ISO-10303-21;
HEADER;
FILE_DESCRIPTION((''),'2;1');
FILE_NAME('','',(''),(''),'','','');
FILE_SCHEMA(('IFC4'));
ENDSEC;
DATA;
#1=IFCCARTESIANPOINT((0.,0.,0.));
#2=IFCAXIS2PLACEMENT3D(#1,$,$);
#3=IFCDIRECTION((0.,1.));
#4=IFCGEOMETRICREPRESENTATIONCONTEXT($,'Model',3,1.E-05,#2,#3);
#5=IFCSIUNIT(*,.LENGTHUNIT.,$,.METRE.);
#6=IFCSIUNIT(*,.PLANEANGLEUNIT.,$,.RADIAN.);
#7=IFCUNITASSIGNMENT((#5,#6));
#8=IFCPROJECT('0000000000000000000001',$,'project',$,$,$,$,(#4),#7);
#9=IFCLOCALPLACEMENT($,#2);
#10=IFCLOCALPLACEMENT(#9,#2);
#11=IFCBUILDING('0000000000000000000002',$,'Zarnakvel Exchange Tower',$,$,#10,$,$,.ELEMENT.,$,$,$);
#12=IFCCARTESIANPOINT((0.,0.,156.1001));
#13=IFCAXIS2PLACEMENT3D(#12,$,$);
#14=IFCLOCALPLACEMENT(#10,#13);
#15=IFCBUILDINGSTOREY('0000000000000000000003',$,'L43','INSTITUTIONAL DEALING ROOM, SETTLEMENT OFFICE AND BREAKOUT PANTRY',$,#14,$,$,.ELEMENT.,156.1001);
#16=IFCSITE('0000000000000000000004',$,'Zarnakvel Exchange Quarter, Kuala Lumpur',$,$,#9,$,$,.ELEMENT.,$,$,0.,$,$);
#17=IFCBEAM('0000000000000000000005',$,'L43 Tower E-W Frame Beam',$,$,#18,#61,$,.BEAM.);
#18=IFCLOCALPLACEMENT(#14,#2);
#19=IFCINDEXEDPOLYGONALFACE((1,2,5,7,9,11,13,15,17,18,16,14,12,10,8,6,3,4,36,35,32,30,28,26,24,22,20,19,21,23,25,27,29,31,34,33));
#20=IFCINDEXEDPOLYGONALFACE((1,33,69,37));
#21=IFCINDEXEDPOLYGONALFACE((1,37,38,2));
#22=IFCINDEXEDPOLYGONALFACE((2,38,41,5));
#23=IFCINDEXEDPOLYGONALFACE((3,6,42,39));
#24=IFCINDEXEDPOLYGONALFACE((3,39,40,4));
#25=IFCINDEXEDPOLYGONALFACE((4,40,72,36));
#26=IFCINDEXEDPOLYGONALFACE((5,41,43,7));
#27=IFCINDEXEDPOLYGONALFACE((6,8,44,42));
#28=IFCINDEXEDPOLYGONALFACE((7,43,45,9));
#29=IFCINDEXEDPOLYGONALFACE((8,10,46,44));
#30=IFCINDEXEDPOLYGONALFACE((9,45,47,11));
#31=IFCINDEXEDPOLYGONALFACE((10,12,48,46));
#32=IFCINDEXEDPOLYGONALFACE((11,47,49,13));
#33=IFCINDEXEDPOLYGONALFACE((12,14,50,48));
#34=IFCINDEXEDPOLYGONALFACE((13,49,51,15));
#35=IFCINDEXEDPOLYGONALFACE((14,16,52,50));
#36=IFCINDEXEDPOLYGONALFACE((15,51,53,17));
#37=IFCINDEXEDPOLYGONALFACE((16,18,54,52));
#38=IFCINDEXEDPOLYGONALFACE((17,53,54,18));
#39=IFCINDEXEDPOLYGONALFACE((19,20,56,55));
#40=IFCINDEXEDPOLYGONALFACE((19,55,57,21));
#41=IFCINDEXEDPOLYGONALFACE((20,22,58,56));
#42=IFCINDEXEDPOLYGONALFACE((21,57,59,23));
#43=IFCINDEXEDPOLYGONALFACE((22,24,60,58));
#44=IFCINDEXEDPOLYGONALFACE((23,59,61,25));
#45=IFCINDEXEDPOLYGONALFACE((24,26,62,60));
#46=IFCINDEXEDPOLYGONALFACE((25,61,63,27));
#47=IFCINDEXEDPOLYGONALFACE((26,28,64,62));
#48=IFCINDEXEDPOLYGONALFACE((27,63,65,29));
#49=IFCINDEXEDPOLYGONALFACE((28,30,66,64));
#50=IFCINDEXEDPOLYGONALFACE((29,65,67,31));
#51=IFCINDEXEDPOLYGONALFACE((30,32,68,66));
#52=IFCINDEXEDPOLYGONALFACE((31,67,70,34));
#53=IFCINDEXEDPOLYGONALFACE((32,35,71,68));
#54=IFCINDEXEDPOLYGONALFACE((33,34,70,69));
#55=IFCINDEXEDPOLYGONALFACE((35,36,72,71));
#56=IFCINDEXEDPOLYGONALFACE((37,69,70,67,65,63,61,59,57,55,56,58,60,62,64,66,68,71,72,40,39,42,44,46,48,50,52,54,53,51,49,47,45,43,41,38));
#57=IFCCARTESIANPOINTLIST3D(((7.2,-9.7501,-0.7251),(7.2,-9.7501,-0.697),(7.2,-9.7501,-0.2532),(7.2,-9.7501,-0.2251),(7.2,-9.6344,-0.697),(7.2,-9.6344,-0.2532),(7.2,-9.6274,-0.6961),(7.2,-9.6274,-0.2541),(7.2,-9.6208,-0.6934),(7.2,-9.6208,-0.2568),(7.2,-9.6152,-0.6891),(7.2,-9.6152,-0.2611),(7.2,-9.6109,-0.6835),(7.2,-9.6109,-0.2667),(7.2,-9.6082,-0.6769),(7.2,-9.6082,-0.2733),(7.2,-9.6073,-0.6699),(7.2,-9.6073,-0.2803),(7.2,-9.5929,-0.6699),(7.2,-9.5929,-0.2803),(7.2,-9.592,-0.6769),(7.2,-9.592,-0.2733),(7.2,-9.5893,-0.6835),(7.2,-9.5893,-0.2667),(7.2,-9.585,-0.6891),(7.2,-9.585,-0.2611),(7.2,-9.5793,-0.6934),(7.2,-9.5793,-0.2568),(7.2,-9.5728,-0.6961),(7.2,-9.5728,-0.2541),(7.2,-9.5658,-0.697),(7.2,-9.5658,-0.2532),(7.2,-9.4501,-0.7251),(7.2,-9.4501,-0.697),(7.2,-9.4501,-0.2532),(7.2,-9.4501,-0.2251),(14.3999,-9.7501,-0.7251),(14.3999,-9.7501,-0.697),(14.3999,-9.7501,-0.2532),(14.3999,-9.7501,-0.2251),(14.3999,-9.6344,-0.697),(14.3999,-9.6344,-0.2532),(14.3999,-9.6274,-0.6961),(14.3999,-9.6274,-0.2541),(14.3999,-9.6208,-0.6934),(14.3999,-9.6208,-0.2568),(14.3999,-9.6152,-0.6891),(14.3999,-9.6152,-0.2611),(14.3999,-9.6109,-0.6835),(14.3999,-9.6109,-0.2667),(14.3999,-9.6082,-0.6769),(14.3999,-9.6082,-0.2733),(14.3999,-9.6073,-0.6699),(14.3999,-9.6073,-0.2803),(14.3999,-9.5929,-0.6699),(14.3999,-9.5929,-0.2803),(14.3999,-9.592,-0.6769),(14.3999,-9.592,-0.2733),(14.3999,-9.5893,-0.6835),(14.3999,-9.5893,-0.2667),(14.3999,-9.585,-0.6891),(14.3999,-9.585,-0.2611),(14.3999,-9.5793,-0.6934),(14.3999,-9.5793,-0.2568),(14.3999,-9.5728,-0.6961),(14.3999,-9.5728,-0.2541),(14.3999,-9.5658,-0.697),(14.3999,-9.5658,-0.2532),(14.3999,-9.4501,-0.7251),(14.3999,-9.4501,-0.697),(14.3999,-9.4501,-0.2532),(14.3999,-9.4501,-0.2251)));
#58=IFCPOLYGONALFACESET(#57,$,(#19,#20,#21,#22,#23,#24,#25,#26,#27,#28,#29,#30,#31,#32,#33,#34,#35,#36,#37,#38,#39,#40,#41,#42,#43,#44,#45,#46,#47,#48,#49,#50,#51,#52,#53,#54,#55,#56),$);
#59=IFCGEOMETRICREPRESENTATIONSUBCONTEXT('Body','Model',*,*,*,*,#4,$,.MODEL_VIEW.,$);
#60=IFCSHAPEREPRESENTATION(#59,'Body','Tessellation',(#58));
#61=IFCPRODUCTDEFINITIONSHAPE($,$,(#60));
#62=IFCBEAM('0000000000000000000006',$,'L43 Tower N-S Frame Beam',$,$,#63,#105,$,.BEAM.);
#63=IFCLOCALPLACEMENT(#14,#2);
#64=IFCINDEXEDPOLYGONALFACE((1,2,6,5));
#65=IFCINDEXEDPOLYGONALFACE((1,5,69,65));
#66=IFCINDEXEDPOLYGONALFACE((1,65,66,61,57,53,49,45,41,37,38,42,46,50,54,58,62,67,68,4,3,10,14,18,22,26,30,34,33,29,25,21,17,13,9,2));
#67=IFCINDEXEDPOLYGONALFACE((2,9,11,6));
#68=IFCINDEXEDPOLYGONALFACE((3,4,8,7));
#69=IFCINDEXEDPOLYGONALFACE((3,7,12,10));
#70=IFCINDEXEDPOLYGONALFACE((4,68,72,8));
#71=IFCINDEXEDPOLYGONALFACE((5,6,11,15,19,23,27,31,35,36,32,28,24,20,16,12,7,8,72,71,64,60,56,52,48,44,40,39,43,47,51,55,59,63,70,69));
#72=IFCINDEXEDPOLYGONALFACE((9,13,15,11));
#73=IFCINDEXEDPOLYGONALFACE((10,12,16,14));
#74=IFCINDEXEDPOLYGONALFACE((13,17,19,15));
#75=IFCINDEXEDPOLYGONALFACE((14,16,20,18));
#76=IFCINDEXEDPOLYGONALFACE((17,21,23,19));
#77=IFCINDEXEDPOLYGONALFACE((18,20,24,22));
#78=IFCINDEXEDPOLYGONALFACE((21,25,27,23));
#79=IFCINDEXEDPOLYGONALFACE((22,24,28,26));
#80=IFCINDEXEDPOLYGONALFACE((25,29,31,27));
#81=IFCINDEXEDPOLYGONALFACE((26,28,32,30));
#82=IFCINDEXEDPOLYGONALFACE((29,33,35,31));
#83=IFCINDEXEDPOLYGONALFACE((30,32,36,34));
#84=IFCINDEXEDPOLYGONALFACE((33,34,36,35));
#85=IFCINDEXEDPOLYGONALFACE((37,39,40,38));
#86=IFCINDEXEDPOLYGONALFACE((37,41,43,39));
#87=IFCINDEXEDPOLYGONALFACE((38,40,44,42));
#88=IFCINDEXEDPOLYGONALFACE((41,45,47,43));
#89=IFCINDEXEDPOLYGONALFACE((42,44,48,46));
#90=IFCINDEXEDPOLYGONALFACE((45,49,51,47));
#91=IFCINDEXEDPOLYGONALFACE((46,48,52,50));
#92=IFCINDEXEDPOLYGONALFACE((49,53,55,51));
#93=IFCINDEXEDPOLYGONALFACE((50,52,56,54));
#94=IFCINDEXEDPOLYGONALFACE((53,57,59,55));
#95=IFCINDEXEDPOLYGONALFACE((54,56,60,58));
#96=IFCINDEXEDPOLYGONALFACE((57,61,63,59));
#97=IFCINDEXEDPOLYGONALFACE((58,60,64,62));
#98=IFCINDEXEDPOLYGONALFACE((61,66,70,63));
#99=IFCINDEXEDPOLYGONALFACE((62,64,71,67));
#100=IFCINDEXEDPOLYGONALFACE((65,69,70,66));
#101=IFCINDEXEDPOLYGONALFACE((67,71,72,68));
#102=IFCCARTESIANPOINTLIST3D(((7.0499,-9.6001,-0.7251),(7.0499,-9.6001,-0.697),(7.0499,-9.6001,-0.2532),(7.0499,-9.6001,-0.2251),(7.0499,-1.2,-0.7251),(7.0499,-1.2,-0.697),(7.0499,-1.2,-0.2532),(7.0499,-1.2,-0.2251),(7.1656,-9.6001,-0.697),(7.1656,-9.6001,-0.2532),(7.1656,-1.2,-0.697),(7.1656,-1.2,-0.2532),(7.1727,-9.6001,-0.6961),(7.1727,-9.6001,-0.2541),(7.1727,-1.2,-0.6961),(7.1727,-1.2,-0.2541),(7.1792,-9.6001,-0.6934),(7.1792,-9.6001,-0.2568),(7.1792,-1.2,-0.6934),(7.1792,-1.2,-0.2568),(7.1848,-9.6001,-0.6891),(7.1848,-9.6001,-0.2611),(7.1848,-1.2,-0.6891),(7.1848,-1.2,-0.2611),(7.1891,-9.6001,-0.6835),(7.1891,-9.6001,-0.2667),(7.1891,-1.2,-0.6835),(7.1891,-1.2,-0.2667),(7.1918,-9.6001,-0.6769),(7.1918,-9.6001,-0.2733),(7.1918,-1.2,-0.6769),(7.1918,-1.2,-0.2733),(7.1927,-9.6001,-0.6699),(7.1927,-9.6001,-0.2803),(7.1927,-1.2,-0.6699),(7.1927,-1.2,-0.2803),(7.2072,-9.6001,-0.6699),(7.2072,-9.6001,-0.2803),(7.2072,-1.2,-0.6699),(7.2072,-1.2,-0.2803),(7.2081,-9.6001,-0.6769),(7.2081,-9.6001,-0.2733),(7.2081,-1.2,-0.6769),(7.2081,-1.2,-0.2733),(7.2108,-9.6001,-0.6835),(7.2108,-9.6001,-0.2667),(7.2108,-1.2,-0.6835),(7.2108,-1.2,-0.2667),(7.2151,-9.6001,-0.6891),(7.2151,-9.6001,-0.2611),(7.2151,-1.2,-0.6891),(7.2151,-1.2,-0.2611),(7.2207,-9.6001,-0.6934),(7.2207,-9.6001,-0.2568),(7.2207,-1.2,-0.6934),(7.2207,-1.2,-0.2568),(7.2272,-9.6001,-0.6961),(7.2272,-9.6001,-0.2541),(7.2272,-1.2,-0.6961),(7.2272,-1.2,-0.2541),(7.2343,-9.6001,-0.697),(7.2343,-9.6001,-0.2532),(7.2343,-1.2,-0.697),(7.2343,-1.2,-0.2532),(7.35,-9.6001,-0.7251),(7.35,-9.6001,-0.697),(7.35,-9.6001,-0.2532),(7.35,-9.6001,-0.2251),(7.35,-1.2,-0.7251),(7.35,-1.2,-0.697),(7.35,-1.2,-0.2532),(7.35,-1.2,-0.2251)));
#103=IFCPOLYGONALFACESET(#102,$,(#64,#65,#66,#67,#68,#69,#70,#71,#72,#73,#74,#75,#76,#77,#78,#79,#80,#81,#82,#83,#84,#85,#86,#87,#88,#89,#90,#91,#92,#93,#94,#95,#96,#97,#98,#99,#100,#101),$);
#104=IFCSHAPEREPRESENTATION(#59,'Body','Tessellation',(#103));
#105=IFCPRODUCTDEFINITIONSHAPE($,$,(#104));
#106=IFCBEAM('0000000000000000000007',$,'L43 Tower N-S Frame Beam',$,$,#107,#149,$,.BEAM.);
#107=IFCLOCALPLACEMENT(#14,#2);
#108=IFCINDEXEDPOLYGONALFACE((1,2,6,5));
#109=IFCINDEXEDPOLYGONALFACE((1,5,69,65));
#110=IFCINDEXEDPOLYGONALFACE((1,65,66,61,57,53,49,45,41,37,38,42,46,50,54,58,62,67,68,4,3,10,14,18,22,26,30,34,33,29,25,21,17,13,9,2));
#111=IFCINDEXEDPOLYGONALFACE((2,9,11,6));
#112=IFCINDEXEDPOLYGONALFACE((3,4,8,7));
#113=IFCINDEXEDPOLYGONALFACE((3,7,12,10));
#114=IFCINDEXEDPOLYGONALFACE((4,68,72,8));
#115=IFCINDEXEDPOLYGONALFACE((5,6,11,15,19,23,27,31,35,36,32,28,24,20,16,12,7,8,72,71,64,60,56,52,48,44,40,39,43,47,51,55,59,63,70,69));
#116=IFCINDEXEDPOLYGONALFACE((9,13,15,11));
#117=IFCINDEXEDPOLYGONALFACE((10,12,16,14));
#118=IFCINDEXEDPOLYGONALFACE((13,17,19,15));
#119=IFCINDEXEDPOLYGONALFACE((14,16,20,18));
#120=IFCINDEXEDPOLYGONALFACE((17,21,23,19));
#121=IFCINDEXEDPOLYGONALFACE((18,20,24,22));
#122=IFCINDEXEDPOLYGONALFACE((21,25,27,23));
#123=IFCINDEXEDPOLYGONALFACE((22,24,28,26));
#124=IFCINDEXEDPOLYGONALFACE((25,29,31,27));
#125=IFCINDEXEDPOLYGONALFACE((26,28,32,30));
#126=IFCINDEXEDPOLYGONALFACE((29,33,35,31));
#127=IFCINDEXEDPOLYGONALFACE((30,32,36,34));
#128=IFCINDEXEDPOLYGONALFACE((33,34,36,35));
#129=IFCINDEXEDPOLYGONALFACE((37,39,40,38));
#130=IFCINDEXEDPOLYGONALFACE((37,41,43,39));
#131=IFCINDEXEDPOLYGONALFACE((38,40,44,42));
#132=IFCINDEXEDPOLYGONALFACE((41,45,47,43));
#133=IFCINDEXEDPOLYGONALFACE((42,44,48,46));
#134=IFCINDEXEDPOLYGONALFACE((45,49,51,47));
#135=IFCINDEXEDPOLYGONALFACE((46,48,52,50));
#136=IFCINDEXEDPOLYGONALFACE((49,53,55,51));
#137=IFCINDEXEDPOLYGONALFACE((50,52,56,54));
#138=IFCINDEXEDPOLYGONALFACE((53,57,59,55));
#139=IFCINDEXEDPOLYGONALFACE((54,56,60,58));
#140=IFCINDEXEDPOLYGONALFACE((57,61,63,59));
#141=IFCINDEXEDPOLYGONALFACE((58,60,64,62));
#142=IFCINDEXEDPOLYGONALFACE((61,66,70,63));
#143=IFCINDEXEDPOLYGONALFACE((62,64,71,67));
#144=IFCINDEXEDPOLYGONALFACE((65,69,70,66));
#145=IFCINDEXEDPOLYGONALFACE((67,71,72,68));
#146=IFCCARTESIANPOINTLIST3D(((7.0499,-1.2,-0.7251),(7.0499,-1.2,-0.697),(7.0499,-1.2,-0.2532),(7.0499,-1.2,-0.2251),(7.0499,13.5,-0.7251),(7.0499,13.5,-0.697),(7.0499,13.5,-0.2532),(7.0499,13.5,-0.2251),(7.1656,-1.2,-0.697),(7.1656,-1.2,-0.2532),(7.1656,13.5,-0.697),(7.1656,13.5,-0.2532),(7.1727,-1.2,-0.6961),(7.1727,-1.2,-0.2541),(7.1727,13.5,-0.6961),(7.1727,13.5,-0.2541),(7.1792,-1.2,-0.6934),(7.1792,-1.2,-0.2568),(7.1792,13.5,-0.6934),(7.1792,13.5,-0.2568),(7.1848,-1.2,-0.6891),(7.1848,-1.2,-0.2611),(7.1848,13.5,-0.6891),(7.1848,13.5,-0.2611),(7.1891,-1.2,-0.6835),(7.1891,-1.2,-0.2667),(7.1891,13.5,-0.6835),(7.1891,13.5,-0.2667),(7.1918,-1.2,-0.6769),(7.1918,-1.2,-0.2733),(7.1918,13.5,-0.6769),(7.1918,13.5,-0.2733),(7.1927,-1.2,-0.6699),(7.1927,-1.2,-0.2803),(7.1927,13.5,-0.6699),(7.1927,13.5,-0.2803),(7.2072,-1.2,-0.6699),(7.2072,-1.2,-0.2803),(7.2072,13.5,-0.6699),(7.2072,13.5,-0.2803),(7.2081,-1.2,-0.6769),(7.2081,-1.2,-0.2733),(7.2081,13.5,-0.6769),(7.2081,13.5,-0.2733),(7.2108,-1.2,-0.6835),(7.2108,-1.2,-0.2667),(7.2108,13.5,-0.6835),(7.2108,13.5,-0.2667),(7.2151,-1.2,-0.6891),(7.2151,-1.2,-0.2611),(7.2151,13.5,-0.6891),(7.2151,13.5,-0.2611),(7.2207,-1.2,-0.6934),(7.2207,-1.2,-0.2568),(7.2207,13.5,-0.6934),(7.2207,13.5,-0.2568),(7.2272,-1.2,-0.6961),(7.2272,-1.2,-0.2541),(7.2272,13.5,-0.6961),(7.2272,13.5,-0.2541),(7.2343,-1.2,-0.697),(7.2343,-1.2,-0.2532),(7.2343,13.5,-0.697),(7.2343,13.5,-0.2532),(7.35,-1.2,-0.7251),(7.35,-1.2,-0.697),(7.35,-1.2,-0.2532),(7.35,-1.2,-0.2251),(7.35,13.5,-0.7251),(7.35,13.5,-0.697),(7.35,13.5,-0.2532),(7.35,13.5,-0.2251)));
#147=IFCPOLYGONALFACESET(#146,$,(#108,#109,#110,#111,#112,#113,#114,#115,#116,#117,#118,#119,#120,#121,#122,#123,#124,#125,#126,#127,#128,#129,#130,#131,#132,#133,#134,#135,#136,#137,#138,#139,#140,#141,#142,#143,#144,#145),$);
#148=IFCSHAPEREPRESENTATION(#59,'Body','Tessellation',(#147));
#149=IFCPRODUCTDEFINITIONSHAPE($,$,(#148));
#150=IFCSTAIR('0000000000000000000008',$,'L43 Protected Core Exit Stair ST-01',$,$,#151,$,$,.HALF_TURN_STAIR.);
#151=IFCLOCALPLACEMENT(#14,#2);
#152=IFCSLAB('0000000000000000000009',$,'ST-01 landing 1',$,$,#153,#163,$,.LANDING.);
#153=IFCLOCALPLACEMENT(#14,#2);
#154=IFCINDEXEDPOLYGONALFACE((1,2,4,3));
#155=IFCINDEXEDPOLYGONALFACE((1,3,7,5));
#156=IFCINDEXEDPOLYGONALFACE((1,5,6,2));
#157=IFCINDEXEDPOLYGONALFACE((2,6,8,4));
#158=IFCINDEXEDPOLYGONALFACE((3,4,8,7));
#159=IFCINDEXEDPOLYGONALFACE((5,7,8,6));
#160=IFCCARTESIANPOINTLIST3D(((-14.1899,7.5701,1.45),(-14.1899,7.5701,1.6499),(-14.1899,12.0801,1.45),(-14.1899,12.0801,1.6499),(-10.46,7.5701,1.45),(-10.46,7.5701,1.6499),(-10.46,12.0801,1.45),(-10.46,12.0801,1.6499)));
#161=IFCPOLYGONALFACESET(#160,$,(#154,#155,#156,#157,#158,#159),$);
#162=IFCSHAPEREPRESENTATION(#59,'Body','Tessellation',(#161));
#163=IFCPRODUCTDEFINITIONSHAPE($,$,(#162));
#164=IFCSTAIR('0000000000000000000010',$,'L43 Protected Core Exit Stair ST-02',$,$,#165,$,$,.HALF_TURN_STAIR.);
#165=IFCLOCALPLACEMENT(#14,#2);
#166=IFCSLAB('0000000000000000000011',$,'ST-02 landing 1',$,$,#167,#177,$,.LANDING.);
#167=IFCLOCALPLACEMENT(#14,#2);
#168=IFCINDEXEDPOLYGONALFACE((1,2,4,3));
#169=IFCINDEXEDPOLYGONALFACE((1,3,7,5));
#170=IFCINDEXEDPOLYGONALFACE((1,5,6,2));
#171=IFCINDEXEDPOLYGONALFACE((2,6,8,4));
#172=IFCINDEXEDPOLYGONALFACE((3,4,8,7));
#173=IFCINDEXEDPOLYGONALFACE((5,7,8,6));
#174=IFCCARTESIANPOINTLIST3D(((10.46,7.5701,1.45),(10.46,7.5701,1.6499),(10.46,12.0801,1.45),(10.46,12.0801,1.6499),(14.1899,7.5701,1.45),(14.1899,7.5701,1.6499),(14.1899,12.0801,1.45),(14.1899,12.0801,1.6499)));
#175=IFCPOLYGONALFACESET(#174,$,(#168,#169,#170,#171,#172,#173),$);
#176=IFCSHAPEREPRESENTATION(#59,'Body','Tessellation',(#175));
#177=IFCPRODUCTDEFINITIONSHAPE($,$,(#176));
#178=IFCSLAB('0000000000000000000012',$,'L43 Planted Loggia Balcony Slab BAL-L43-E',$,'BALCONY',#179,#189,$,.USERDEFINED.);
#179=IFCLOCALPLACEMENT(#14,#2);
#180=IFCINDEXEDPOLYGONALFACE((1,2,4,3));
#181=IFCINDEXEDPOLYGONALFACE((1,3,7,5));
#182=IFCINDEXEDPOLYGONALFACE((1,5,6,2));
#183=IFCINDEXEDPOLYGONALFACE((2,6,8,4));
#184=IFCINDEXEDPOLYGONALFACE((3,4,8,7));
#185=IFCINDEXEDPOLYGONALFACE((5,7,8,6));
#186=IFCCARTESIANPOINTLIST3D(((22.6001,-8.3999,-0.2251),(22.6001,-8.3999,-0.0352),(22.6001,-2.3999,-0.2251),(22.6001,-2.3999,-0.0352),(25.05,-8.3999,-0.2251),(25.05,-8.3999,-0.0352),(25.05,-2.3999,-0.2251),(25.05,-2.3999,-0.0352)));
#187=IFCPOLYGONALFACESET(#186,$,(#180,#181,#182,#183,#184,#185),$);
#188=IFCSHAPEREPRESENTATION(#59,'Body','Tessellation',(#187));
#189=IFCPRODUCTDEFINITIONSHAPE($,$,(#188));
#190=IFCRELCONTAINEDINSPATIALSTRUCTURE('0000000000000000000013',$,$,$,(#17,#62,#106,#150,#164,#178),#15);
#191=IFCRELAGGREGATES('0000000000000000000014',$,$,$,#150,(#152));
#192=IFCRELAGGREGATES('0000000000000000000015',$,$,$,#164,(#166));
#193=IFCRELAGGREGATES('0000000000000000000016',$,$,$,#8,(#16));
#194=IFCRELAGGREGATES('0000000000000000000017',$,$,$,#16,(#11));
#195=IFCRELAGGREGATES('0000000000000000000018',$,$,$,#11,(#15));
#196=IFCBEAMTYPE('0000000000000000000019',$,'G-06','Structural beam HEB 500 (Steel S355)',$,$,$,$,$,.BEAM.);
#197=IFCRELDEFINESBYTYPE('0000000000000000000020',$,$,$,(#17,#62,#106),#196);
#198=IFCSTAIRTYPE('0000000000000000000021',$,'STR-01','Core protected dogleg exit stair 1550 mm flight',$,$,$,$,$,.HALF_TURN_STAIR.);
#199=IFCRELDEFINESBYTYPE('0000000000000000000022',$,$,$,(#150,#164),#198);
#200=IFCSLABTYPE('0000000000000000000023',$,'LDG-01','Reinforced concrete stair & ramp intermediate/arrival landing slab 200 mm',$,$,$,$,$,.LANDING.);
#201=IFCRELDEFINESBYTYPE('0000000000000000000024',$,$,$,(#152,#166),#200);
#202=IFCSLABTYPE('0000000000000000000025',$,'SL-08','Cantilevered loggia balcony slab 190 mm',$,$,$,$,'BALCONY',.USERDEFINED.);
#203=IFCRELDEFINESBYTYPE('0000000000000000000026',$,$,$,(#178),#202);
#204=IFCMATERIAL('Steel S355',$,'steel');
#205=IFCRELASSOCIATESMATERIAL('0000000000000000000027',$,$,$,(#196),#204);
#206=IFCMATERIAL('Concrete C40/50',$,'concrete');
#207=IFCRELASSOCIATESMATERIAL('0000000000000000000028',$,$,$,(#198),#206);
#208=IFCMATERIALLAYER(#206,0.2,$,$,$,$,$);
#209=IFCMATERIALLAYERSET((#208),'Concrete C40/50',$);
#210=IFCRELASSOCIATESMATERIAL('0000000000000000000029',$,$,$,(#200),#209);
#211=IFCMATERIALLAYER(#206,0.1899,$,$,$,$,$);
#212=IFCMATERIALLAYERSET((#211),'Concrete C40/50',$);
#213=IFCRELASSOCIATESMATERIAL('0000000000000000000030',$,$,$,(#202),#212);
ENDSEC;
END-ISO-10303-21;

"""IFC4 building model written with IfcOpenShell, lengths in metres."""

from ifc_helpers import new_model, si_unit, direction, frame, origin, origin_2d, place, context, subcontext, project, spatial, polyline, i_section, outline, extrude, material, layer, layer_set, material_profile, profile_set, type_object, element, aggregate, save


model = new_model("IFC4")

# Units and contexts
model_context = context("Model", 3, precision=1e-05, world=origin(), true_north=direction((0.0, 1.0)))
body_context = subcontext(model_context, "Body", "Model", "MODEL_VIEW")
ifc_project = project(units=[si_unit("LENGTHUNIT", "METRE"), si_unit("PLANEANGLEUNIT", "RADIAN")], contexts=[model_context])

# Site, building, storey
site_placement = place(None, origin())
site = spatial("IfcSite", under=ifc_project, at=site_placement, Name="Zarnakvel Exchange Quarter, Kuala Lumpur", CompositionType="ELEMENT", RefElevation=0.0)
building_placement = place(site_placement, origin())
building = spatial("IfcBuilding", under=site, at=building_placement, Name="Zarnakvel Exchange Tower", CompositionType="ELEMENT")
storey_placement = place(building_placement, frame((0.0, 0.0, 156.1001)))
storey = spatial("IfcBuildingStorey", under=building, at=storey_placement, Name="L43", Description="INSTITUTIONAL DEALING ROOM, SETTLEMENT OFFICE AND BREAKOUT PANTRY", CompositionType="ELEMENT", Elevation=156.1001)

# Beams
ifc_material_1 = material(Name="Steel S355", Category="steel")
ifc_material_profile_1 = material_profile(ifc_material_1, i_section(OverallWidth=0.3, OverallDepth=0.5, WebThickness=0.0144, FlangeThickness=0.0281, FilletRadius=0.0271, at=origin_2d()))
ifc_profile_set_1 = profile_set([ifc_material_profile_1], Name="Steel S355")
beam_type_1 = type_object("IfcBeamType", Name="G-06", Description="Structural beam HEB 500 (Steel S355)", PredefinedType="BEAM", material=ifc_profile_set_1)
beam_1_placement = place(storey_placement, frame((7.2, -9.6001, -0.4751), z_axis=(1.0, 0.0, 0.0), x_axis=(0.0, 1.0, 0.0)))
element("IfcBeam", 1, at=beam_1_placement, inside=storey, type_object=beam_type_1, Name="L43 Tower E-W Frame Beam", PredefinedType="BEAM", context=body_context, shape_type="SweptSolid", body=[
    extrude(i_section(OverallWidth=0.3, OverallDepth=0.5, WebThickness=0.0144, FlangeThickness=0.0281, FilletRadius=0.0271, at=origin_2d()), origin(), (0.0, 0.0, 1.0), 7.2),
])
beam_2_placement = place(storey_placement, frame((7.2, -9.6001, -0.4751), z_axis=(0.0, 1.0, 0.0), x_axis=(-1.0, 0.0, 0.0)))
element("IfcBeam", 2, at=beam_2_placement, inside=storey, type_object=beam_type_1, Name="L43 Tower N-S Frame Beam", PredefinedType="BEAM", context=body_context, shape_type="SweptSolid", body=[
    extrude(i_section(OverallWidth=0.3, OverallDepth=0.5, WebThickness=0.0144, FlangeThickness=0.0281, FilletRadius=0.0271, at=origin_2d()), origin(), (0.0, 0.0, 1.0), 8.4001),
])
beam_3_placement = place(storey_placement, frame((7.2, -1.2, -0.4751), z_axis=(0.0, 1.0, 0.0), x_axis=(-1.0, 0.0, 0.0)))
element("IfcBeam", 3, at=beam_3_placement, inside=storey, type_object=beam_type_1, Name="L43 Tower N-S Frame Beam", PredefinedType="BEAM", context=body_context, shape_type="SweptSolid", body=[
    extrude(i_section(OverallWidth=0.3, OverallDepth=0.5, WebThickness=0.0144, FlangeThickness=0.0281, FilletRadius=0.0271, at=origin_2d()), origin(), (0.0, 0.0, 1.0), 14.7),
])

# Stairs, slabs
ifc_material_2 = material(Name="Concrete C40/50", Category="concrete")
stair_type = type_object("IfcStairType", Name="STR-01", Description="Core protected dogleg exit stair 1550 mm flight", PredefinedType="HALF_TURN_STAIR", material=ifc_material_2)
stair_1_placement = place(storey_placement, origin())
stair_1 = element("IfcStair", 4, at=stair_1_placement, inside=storey, type_object=stair_type, Name="L43 Protected Core Exit Stair ST-01", PredefinedType="HALF_TURN_STAIR")
ifc_layer_1 = layer(ifc_material_2, 0.2)
ifc_layer_set_1 = layer_set([ifc_layer_1], Name="Concrete C40/50")
slab_type_1 = type_object("IfcSlabType", Name="LDG-01", Description="Reinforced concrete stair & ramp intermediate/arrival landing slab 200 mm", PredefinedType="LANDING", material=ifc_layer_set_1)
slab_1_placement = place(storey_placement, frame((0.0, 0.0, 1.45)))
slab_1 = element("IfcSlab", 5, at=slab_1_placement, type_object=slab_type_1, Name="ST-01 landing 1", PredefinedType="LANDING", context=body_context, shape_type="SweptSolid", body=[
    extrude(outline(polyline([(-14.1899, 7.5701), (-10.46, 7.5701), (-10.46, 12.0801), (-14.1899, 12.0801), (-14.1899, 7.5701)])), origin(), (0.0, 0.0, 1.0), 0.2),
])
aggregate(stair_1, [slab_1])
stair_2_placement = place(storey_placement, origin())
stair_2 = element("IfcStair", 6, at=stair_2_placement, inside=storey, type_object=stair_type, Name="L43 Protected Core Exit Stair ST-02", PredefinedType="HALF_TURN_STAIR")
slab_2_placement = place(storey_placement, frame((0.0, 0.0, 1.45)))
slab_2 = element("IfcSlab", 7, at=slab_2_placement, type_object=slab_type_1, Name="ST-02 landing 1", PredefinedType="LANDING", context=body_context, shape_type="SweptSolid", body=[
    extrude(outline(polyline([(10.46, 7.5701), (14.1899, 7.5701), (14.1899, 12.0801), (10.46, 12.0801), (10.46, 7.5701)])), origin(), (0.0, 0.0, 1.0), 0.2),
])
aggregate(stair_2, [slab_2])

# Slab
ifc_layer_2 = layer(ifc_material_2, 0.1899)
ifc_layer_set_2 = layer_set([ifc_layer_2], Name="Concrete C40/50")
slab_type_2 = type_object("IfcSlabType", Name="SL-08", Description="Cantilevered loggia balcony slab 190 mm", ElementType="BALCONY", PredefinedType="USERDEFINED", material=ifc_layer_set_2)
slab_3_placement = place(storey_placement, frame((0.0, 0.0, -0.2251)))
element("IfcSlab", 8, at=slab_3_placement, inside=storey, type_object=slab_type_2, Name="L43 Planted Loggia Balcony Slab BAL-L43-E", ObjectType="BALCONY", PredefinedType="USERDEFINED", context=body_context, shape_type="SweptSolid", body=[
    extrude(outline(polyline([(22.6001, -8.3999), (25.05, -8.3999), (25.05, -2.3999), (22.6001, -2.3999), (22.6001, -8.3999)])), origin(), (0.0, 0.0, 1.0), 0.1899),
])

save(model, "model.ifc")
